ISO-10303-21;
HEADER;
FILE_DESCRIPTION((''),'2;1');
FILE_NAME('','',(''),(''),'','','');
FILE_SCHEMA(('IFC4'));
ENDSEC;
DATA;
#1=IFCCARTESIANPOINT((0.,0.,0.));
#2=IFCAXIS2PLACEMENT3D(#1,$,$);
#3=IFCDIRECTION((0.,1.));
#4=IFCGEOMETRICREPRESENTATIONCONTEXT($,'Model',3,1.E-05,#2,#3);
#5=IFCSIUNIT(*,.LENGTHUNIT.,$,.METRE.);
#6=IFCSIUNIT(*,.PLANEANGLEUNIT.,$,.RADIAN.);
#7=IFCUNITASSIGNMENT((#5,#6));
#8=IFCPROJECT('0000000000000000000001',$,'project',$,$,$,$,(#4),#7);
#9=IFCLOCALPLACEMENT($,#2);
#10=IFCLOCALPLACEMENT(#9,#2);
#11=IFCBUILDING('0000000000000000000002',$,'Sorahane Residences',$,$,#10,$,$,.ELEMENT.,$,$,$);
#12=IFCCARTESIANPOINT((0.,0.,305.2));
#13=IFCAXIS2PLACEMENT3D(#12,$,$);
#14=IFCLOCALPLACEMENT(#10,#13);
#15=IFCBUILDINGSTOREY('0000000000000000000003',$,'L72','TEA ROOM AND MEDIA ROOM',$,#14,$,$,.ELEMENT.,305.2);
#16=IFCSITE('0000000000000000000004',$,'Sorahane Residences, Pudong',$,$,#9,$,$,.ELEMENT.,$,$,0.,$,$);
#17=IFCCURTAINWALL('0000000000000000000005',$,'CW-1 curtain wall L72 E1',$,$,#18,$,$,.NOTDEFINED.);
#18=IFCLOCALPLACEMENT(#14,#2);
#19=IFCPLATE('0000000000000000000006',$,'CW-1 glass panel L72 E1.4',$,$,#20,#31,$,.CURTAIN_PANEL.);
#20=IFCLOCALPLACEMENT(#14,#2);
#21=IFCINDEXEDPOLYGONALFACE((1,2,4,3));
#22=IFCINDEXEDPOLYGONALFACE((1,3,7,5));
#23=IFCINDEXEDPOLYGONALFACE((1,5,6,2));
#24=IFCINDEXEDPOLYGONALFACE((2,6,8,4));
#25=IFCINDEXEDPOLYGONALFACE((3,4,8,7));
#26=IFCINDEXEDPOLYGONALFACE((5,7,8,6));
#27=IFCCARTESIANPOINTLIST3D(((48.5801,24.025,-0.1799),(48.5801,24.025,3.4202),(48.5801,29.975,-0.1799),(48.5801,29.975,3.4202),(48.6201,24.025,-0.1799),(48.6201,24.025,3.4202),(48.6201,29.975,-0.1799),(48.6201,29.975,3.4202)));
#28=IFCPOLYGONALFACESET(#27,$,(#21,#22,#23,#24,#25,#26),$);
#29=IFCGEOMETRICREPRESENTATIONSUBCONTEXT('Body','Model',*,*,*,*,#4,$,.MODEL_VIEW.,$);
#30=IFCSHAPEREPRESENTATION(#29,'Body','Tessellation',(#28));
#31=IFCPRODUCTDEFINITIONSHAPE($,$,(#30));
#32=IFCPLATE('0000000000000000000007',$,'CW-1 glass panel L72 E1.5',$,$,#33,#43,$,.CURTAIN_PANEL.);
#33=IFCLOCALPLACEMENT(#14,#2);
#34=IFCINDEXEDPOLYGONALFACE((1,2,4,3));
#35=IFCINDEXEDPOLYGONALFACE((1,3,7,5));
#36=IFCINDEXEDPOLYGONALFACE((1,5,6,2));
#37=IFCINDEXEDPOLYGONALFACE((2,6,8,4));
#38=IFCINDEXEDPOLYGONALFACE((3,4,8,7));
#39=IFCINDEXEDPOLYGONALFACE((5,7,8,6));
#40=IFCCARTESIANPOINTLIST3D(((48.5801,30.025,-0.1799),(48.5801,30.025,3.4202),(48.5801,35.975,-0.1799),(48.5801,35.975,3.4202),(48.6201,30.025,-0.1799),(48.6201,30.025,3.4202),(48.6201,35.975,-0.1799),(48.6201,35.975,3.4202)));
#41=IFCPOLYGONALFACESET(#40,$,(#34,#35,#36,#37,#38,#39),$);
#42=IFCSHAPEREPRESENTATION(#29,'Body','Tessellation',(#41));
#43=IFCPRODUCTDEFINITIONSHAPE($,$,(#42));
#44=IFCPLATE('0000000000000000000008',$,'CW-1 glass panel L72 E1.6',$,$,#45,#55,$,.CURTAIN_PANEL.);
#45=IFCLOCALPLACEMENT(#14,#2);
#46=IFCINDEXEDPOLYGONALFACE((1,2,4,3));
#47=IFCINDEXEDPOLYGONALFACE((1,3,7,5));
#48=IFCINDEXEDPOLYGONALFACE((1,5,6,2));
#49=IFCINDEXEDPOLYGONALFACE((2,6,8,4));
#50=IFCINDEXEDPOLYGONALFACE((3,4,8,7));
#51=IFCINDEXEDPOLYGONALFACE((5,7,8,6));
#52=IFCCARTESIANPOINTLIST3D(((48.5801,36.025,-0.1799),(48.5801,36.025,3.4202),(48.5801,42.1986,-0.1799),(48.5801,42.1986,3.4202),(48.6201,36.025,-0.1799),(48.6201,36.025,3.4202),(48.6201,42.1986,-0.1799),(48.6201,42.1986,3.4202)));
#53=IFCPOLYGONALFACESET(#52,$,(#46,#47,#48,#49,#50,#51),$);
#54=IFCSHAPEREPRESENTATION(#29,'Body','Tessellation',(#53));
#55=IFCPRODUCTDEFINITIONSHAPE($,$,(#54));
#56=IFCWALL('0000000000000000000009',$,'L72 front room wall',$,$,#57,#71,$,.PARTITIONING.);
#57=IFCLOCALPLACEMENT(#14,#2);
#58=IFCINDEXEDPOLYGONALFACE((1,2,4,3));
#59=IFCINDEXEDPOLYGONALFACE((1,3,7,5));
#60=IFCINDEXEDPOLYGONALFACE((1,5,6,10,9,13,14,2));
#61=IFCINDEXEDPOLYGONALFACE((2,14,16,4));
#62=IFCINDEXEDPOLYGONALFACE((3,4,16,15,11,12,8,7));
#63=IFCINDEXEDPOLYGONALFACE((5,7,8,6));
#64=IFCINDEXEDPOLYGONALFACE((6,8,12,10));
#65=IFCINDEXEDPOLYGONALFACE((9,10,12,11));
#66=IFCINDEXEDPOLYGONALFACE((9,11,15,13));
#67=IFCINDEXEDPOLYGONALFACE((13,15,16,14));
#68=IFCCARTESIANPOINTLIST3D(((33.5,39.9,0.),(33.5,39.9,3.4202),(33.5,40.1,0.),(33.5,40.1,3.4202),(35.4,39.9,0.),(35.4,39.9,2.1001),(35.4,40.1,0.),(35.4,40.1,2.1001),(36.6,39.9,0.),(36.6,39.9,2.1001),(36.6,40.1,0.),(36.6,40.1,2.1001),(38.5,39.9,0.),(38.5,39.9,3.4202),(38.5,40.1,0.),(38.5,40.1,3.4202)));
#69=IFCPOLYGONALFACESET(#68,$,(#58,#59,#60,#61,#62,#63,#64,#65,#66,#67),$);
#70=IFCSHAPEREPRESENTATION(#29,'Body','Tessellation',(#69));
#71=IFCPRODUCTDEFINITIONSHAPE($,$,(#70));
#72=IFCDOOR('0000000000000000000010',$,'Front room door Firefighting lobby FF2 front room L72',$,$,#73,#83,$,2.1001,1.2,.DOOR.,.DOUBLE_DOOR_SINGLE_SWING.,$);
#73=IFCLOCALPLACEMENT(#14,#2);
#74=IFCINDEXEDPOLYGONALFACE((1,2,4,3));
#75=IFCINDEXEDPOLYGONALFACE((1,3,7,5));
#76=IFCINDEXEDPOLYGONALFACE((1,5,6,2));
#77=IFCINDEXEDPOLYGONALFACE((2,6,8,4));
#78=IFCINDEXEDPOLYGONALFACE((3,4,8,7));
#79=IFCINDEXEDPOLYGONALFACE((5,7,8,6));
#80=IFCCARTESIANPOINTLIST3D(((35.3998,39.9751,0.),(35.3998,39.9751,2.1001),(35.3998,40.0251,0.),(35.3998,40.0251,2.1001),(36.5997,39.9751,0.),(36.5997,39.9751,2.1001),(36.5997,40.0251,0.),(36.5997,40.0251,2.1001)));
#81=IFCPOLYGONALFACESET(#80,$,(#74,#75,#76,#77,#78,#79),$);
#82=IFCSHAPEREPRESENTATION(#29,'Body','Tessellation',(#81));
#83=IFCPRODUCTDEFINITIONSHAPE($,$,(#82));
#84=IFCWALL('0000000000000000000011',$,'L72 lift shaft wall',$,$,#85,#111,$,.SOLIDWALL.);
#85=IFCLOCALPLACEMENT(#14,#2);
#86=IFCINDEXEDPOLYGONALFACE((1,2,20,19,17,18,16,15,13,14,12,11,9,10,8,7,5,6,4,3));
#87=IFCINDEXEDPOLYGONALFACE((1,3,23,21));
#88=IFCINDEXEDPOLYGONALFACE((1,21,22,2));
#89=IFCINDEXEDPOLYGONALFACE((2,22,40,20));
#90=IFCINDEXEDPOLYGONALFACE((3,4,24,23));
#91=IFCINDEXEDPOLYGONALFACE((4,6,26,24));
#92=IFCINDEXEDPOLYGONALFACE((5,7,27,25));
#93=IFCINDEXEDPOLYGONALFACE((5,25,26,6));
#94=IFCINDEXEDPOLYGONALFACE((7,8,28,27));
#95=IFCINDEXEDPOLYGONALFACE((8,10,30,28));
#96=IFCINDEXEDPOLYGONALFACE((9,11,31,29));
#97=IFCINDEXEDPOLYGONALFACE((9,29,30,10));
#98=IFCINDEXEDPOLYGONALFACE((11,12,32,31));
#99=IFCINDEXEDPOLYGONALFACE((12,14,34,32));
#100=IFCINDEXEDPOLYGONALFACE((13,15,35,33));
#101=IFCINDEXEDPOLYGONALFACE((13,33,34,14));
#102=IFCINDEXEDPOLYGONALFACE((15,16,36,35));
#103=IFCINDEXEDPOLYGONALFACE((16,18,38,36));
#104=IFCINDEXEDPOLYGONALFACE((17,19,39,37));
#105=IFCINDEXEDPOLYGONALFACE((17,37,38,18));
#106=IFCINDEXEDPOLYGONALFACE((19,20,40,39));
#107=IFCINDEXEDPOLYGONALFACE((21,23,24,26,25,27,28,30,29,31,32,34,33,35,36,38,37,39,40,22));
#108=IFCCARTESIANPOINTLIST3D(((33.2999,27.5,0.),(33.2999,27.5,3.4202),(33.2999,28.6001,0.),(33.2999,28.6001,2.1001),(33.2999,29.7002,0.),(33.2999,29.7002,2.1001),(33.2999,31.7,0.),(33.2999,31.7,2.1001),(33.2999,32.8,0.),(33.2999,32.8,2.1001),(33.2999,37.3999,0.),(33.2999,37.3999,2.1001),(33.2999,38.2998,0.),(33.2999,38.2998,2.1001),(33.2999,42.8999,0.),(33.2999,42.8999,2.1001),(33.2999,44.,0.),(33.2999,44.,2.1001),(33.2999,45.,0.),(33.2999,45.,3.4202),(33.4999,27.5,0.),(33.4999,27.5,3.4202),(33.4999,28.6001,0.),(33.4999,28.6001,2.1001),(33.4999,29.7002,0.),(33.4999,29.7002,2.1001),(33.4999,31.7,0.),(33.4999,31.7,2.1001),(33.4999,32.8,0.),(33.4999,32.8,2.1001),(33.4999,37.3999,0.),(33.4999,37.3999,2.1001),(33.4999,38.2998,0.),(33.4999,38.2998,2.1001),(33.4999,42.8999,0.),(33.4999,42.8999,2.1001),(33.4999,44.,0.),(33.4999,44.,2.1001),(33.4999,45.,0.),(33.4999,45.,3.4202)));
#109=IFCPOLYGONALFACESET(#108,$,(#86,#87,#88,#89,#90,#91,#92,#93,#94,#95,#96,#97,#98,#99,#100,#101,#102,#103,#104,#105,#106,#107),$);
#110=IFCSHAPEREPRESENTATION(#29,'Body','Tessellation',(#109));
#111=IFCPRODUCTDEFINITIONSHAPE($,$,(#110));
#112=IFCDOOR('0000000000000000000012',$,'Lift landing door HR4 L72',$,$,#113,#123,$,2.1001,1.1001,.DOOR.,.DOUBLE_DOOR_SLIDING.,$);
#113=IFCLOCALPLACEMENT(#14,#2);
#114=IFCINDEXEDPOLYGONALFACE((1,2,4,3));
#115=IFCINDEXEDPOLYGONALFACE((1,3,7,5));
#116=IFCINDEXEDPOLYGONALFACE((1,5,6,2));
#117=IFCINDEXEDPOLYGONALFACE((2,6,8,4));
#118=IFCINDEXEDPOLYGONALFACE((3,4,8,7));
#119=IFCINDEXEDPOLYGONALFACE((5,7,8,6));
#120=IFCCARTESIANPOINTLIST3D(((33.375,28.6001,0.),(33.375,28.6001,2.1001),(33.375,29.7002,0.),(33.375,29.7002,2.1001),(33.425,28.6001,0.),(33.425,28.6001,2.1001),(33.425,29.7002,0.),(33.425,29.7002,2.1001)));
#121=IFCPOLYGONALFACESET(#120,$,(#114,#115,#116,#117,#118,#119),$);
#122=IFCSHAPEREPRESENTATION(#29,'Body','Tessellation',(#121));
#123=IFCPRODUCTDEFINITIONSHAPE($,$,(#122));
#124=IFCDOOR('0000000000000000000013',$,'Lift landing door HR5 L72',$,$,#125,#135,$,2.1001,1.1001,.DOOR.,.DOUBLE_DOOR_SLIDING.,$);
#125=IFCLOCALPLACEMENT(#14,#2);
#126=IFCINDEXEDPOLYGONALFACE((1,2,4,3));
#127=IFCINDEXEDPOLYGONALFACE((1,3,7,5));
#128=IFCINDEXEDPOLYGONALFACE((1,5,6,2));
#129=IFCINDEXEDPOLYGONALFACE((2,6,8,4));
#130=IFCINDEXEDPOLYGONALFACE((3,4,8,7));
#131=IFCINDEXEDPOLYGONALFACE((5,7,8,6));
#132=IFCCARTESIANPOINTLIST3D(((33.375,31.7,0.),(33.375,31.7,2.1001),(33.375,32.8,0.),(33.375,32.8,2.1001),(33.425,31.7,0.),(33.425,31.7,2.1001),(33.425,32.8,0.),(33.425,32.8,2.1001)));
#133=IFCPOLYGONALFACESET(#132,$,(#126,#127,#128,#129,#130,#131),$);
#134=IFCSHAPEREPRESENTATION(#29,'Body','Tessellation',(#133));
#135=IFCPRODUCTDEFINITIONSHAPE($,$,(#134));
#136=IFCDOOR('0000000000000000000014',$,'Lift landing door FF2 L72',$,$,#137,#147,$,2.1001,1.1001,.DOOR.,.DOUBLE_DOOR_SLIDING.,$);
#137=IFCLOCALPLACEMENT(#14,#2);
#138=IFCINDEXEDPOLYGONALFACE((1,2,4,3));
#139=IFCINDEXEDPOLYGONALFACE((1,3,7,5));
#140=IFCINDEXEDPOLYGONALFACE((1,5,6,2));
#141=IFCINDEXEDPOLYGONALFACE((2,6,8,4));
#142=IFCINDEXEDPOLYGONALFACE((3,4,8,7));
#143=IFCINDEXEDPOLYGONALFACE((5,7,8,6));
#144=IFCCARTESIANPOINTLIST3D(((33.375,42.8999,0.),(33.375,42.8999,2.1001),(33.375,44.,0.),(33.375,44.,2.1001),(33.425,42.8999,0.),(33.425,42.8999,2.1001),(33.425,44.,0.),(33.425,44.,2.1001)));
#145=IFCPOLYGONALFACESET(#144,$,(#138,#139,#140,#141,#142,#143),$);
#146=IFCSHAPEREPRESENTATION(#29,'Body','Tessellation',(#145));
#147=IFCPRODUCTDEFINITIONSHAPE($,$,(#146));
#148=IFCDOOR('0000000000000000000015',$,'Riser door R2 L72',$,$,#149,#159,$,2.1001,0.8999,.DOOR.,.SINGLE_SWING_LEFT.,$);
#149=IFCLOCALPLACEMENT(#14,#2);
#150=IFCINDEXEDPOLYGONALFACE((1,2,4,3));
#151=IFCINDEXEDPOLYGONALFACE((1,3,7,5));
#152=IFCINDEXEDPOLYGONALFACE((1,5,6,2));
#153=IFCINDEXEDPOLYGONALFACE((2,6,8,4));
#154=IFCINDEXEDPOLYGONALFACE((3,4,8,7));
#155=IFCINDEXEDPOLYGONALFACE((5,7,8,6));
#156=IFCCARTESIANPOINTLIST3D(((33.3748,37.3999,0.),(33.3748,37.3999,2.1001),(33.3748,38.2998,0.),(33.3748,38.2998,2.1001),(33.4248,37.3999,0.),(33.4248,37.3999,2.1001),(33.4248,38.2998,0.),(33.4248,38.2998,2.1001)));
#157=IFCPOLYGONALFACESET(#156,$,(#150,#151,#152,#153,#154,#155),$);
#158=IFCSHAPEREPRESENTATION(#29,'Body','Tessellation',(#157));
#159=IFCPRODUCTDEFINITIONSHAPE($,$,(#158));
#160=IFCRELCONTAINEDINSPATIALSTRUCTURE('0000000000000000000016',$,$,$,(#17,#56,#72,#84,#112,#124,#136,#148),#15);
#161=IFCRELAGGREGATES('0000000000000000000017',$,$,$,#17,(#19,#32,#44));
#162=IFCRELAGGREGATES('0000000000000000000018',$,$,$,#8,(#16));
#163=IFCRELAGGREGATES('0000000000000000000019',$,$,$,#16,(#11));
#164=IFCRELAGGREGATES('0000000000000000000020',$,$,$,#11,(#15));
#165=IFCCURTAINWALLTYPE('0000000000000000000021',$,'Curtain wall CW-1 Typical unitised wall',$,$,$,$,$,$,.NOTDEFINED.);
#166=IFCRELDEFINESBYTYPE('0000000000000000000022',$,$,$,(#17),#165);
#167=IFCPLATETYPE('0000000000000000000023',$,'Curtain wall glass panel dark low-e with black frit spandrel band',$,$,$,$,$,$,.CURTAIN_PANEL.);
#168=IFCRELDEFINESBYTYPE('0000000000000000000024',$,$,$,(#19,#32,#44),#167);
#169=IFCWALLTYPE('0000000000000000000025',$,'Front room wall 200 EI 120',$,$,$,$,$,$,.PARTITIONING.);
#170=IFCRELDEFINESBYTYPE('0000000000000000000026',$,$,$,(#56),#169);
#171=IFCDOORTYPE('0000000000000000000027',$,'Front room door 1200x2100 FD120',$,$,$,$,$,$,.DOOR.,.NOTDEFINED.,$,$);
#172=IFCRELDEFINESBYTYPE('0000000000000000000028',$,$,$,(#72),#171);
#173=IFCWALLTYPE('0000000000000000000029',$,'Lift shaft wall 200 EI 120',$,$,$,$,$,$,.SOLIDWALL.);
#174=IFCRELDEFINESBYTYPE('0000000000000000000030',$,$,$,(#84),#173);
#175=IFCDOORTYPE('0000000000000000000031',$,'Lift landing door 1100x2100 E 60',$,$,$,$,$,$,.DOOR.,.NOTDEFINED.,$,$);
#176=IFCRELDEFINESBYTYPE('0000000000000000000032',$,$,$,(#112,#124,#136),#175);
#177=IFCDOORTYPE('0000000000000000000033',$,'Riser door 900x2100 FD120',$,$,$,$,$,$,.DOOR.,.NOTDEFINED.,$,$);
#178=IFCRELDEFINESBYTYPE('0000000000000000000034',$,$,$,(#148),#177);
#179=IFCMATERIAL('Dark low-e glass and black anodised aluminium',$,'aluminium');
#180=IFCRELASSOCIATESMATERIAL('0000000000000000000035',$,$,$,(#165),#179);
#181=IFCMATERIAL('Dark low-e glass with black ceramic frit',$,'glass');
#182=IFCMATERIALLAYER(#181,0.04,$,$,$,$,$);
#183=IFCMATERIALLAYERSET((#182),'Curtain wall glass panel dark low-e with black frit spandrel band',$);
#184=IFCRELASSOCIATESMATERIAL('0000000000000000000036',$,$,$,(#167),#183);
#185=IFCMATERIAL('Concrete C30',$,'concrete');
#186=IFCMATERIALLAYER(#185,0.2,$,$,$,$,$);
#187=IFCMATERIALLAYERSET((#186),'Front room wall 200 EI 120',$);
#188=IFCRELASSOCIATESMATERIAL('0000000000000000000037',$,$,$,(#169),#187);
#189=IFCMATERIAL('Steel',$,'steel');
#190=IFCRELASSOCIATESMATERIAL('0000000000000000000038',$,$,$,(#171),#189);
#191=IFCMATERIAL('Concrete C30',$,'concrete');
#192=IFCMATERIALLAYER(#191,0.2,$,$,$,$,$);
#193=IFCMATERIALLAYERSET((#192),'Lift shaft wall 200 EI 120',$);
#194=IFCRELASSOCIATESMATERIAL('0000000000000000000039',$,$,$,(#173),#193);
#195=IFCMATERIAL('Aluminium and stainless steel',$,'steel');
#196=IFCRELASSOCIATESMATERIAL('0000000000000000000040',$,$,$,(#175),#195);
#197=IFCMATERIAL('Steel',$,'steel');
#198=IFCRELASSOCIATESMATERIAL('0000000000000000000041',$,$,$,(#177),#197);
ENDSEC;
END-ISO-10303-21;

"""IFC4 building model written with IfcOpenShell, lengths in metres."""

from ifc_helpers import new_model, si_unit, direction, frame, frame_2d, origin, origin_2d, place, context, subcontext, project, spatial, rectangle, extrude, material, layer, layer_set, type_object, element, fill, aggregate, save


model = new_model("IFC4")

# Units and contexts
model_context = context("Model", 3, precision=1e-05, world=origin(), true_north=direction((0.0, 1.0)))
body_context = subcontext(model_context, "Body", "Model", "MODEL_VIEW")
ifc_project = project(units=[si_unit("LENGTHUNIT", "METRE"), si_unit("PLANEANGLEUNIT", "RADIAN")], contexts=[model_context])

# Site, building, storey
site_placement = place(None, origin())
site = spatial("IfcSite", under=ifc_project, at=site_placement, Name="Sorahane Residences, Pudong", CompositionType="ELEMENT", RefElevation=0.0)
building_placement = place(site_placement, origin())
building = spatial("IfcBuilding", under=site, at=building_placement, Name="Sorahane Residences", CompositionType="ELEMENT")
storey_placement = place(building_placement, frame((0.0, 0.0, 305.2)))
storey = spatial("IfcBuildingStorey", under=building, at=storey_placement, Name="L72", Description="TEA ROOM AND MEDIA ROOM", CompositionType="ELEMENT", Elevation=305.2)

# Curtain wall
ifc_material_1 = material(Name="Dark low-e glass and black anodised aluminium", Category="aluminium")
curtain_wall_type = type_object("IfcCurtainWallType", Name="Curtain wall CW-1 Typical unitised wall", PredefinedType="NOTDEFINED", material=ifc_material_1)
curtain_wall_placement = place(storey_placement, origin())
curtain_wall = element("IfcCurtainWall", 1, at=curtain_wall_placement, inside=storey, type_object=curtain_wall_type, Name="CW-1 curtain wall L72 E1", PredefinedType="NOTDEFINED")

# Plates
ifc_material_2 = material(Name="Dark low-e glass with black ceramic frit", Category="glass")
ifc_layer_1 = layer(ifc_material_2, 0.04)
ifc_layer_set_1 = layer_set([ifc_layer_1], Name="Curtain wall glass panel dark low-e with black frit spandrel band")
plate_type = type_object("IfcPlateType", Name="Curtain wall glass panel dark low-e with black frit spandrel band", PredefinedType="CURTAIN_PANEL", material=ifc_layer_set_1)
plate_1_placement = place(storey_placement, frame((48.6001, 27.0, -0.1799), z_axis=(0.0, 0.0, 1.0), x_axis=(0.0, 1.0, 0.0)))
plate_1 = element("IfcPlate", 2, at=plate_1_placement, type_object=plate_type, Name="CW-1 glass panel L72 E1.4", PredefinedType="CURTAIN_PANEL", context=body_context, shape_type="SweptSolid", body=[
    extrude(rectangle(XDim=5.95, YDim=0.04, at=origin_2d()), origin(), (0.0, 0.0, 1.0), 3.6001),
])
plate_2_placement = place(storey_placement, frame((48.6001, 33.0, -0.1799), z_axis=(0.0, 0.0, 1.0), x_axis=(0.0, 1.0, 0.0)))
plate_2 = element("IfcPlate", 3, at=plate_2_placement, type_object=plate_type, Name="CW-1 glass panel L72 E1.5", PredefinedType="CURTAIN_PANEL", context=body_context, shape_type="SweptSolid", body=[
    extrude(rectangle(XDim=5.95, YDim=0.04, at=origin_2d()), origin(), (0.0, 0.0, 1.0), 3.6001),
])
plate_3_placement = place(storey_placement, frame((48.6001, 39.1118, -0.1799), z_axis=(0.0, 0.0, 1.0), x_axis=(0.0, 1.0, 0.0)))
plate_3 = element("IfcPlate", 4, at=plate_3_placement, type_object=plate_type, Name="CW-1 glass panel L72 E1.6", PredefinedType="CURTAIN_PANEL", context=body_context, shape_type="SweptSolid", body=[
    extrude(rectangle(XDim=6.1736, YDim=0.04, at=origin_2d()), origin(), (0.0, 0.0, 1.0), 3.6001),
])
aggregate(curtain_wall, [plate_1, plate_2, plate_3])

# Wall, opening, door
ifc_material_3 = material(Name="Concrete C30", Category="concrete")
ifc_layer_2 = layer(ifc_material_3, 0.2)
ifc_layer_set_2 = layer_set([ifc_layer_2], Name="Front room wall 200 EI 120")
wall_type_1 = type_object("IfcWallType", Name="Front room wall 200 EI 120", PredefinedType="PARTITIONING", material=ifc_layer_set_2)
wall_1_placement = place(storey_placement, frame((33.5, 40.0, 0.0), z_axis=(0.0, 0.0, 1.0), x_axis=(1.0, 0.0, 0.0)))
wall_1 = element("IfcWall", 5, at=wall_1_placement, inside=storey, type_object=wall_type_1, Name="L72 front room wall", PredefinedType="PARTITIONING", context=body_context, shape_type="SweptSolid", body=[
    extrude(rectangle(XDim=5.0, YDim=0.2, at=frame_2d((2.5, 0.0))), origin(), (0.0, 0.0, 1.0), 3.4202),
])
opening_1_placement = place(wall_1_placement, frame((1.8999, 0.0, 0.0)))
opening_1 = element("IfcOpeningElement", 6, at=opening_1_placement, cuts=wall_1, PredefinedType="OPENING", context=body_context, shape_type="SweptSolid", body=[
    extrude(rectangle(XDim=1.2, YDim=2.1001, at=frame_2d((0.6001, 1.05))), frame((0.0, 0.1099, 0.0), z_axis=(0.0, -1.0, 0.0), x_axis=(1.0, 0.0, 0.0)), (0.0, 0.0, 1.0), 0.22),
])
ifc_material_4 = material(Name="Steel", Category="steel")
door_type_1 = type_object("IfcDoorType", Name="Front room door 1200x2100 FD120", OperationType="NOTDEFINED", PredefinedType="DOOR", material=ifc_material_4)
door_1_placement = place(opening_1_placement, frame((1.2, 0.0, 0.0), z_axis=(0.0, 0.0, 1.0), x_axis=(-1.0, 0.0, 0.0)))
door_1 = element("IfcDoor", 7, at=door_1_placement, inside=storey, type_object=door_type_1, Name="Front room door Firefighting lobby FF2 front room L72", OperationType="DOUBLE_DOOR_SINGLE_SWING", OverallHeight=2.1001, OverallWidth=1.2, PredefinedType="DOOR", context=body_context, shape_type="SweptSolid", body=[
    extrude(rectangle(XDim=1.2, YDim=2.1001, at=frame_2d((0.6001, 1.05))), frame((0.0, 0.0249, 0.0), z_axis=(0.0, -1.0, 0.0), x_axis=(1.0, 0.0, 0.0)), (0.0, 0.0, 1.0), 0.05),
])
fill(opening_1, door_1)

# Wall, openings, doors
ifc_material_5 = material(Name="Concrete C30", Category="concrete")
ifc_layer_3 = layer(ifc_material_5, 0.2)
ifc_layer_set_3 = layer_set([ifc_layer_3], Name="Lift shaft wall 200 EI 120")
wall_type_2 = type_object("IfcWallType", Name="Lift shaft wall 200 EI 120", PredefinedType="SOLIDWALL", material=ifc_layer_set_3)
wall_2_placement = place(storey_placement, frame((33.3999, 27.5, 0.0), z_axis=(0.0, 0.0, 1.0), x_axis=(0.0, 1.0, 0.0)))
wall_2 = element("IfcWall", 8, at=wall_2_placement, inside=storey, type_object=wall_type_2, Name="L72 lift shaft wall", PredefinedType="SOLIDWALL", context=body_context, shape_type="SweptSolid", body=[
    extrude(rectangle(XDim=17.5, YDim=0.2, at=frame_2d((8.75, 0.0))), origin(), (0.0, 0.0, 1.0), 3.4202),
])
opening_2_placement = place(wall_2_placement, frame((1.1001, 0.0, 0.0)))
opening_2 = element("IfcOpeningElement", 9, at=opening_2_placement, cuts=wall_2, PredefinedType="OPENING", context=body_context, shape_type="SweptSolid", body=[
    extrude(rectangle(XDim=1.1001, YDim=2.1001, at=frame_2d((0.55, 1.05))), frame((0.0, 0.1099, 0.0), z_axis=(0.0, -1.0, 0.0), x_axis=(1.0, 0.0, 0.0)), (0.0, 0.0, 1.0), 0.22),
])
opening_3_placement = place(wall_2_placement, frame((4.2, 0.0, 0.0)))
opening_3 = element("IfcOpeningElement", 10, at=opening_3_placement, cuts=wall_2, PredefinedType="OPENING", context=body_context, shape_type="SweptSolid", body=[
    extrude(rectangle(XDim=1.1001, YDim=2.1001, at=frame_2d((0.55, 1.05))), frame((0.0, 0.1099, 0.0), z_axis=(0.0, -1.0, 0.0), x_axis=(1.0, 0.0, 0.0)), (0.0, 0.0, 1.0), 0.22),
])
opening_4_placement = place(wall_2_placement, frame((15.3999, 0.0, 0.0)))
opening_4 = element("IfcOpeningElement", 11, at=opening_4_placement, cuts=wall_2, PredefinedType="OPENING", context=body_context, shape_type="SweptSolid", body=[
    extrude(rectangle(XDim=1.1001, YDim=2.1001, at=frame_2d((0.55, 1.05))), frame((0.0, 0.1099, 0.0), z_axis=(0.0, -1.0, 0.0), x_axis=(1.0, 0.0, 0.0)), (0.0, 0.0, 1.0), 0.22),
])
opening_5_placement = place(wall_2_placement, frame((9.8999, 0.0, 0.0)))
opening_5 = element("IfcOpeningElement", 12, at=opening_5_placement, cuts=wall_2, PredefinedType="OPENING", context=body_context, shape_type="SweptSolid", body=[
    extrude(rectangle(XDim=0.8999, YDim=2.1001, at=frame_2d((0.45, 1.05))), frame((0.0, 0.1099, 0.0), z_axis=(0.0, -1.0, 0.0), x_axis=(1.0, 0.0, 0.0)), (0.0, 0.0, 1.0), 0.22),
])
ifc_material_6 = material(Name="Aluminium and stainless steel", Category="steel")
door_type_2 = type_object("IfcDoorType", Name="Lift landing door 1100x2100 E 60", OperationType="NOTDEFINED", PredefinedType="DOOR", material=ifc_material_6)
door_2_placement = place(opening_2_placement, origin())
door_2 = element("IfcDoor", 13, at=door_2_placement, inside=storey, type_object=door_type_2, Name="Lift landing door HR4 L72", OperationType="DOUBLE_DOOR_SLIDING", OverallHeight=2.1001, OverallWidth=1.1001, PredefinedType="DOOR", context=body_context, shape_type="SweptSolid", body=[
    extrude(rectangle(XDim=1.1001, YDim=2.1001, at=frame_2d((0.55, 1.05))), frame((0.0, 0.0249, 0.0), z_axis=(0.0, -1.0, 0.0), x_axis=(1.0, 0.0, 0.0)), (0.0, 0.0, 1.0), 0.05),
])
fill(opening_2, door_2)
door_3_placement = place(opening_3_placement, origin())
door_3 = element("IfcDoor", 14, at=door_3_placement, inside=storey, type_object=door_type_2, Name="Lift landing door HR5 L72", OperationType="DOUBLE_DOOR_SLIDING", OverallHeight=2.1001, OverallWidth=1.1001, PredefinedType="DOOR", context=body_context, shape_type="SweptSolid", body=[
    extrude(rectangle(XDim=1.1001, YDim=2.1001, at=frame_2d((0.55, 1.05))), frame((0.0, 0.0249, 0.0), z_axis=(0.0, -1.0, 0.0), x_axis=(1.0, 0.0, 0.0)), (0.0, 0.0, 1.0), 0.05),
])
fill(opening_3, door_3)
door_4_placement = place(opening_4_placement, origin())
door_4 = element("IfcDoor", 15, at=door_4_placement, inside=storey, type_object=door_type_2, Name="Lift landing door FF2 L72", OperationType="DOUBLE_DOOR_SLIDING", OverallHeight=2.1001, OverallWidth=1.1001, PredefinedType="DOOR", context=body_context, shape_type="SweptSolid", body=[
    extrude(rectangle(XDim=1.1001, YDim=2.1001, at=frame_2d((0.55, 1.05))), frame((0.0, 0.0249, 0.0), z_axis=(0.0, -1.0, 0.0), x_axis=(1.0, 0.0, 0.0)), (0.0, 0.0, 1.0), 0.05),
])
fill(opening_4, door_4)
ifc_material_7 = material(Name="Steel", Category="steel")
door_type_3 = type_object("IfcDoorType", Name="Riser door 900x2100 FD120", OperationType="NOTDEFINED", PredefinedType="DOOR", material=ifc_material_7)
door_5_placement = place(opening_5_placement, frame((0.8999, 0.0, 0.0), z_axis=(0.0, 0.0, 1.0), x_axis=(-1.0, 0.0, 0.0)))
door_5 = element("IfcDoor", 16, at=door_5_placement, inside=storey, type_object=door_type_3, Name="Riser door R2 L72", OperationType="SINGLE_SWING_LEFT", OverallHeight=2.1001, OverallWidth=0.8999, PredefinedType="DOOR", context=body_context, shape_type="SweptSolid", body=[
    extrude(rectangle(XDim=0.8999, YDim=2.1001, at=frame_2d((0.45, 1.05))), frame((0.0, 0.0249, 0.0), z_axis=(0.0, -1.0, 0.0), x_axis=(1.0, 0.0, 0.0)), (0.0, 0.0, 1.0), 0.05),
])
fill(opening_5, door_5)

save(model, "model.ifc")
